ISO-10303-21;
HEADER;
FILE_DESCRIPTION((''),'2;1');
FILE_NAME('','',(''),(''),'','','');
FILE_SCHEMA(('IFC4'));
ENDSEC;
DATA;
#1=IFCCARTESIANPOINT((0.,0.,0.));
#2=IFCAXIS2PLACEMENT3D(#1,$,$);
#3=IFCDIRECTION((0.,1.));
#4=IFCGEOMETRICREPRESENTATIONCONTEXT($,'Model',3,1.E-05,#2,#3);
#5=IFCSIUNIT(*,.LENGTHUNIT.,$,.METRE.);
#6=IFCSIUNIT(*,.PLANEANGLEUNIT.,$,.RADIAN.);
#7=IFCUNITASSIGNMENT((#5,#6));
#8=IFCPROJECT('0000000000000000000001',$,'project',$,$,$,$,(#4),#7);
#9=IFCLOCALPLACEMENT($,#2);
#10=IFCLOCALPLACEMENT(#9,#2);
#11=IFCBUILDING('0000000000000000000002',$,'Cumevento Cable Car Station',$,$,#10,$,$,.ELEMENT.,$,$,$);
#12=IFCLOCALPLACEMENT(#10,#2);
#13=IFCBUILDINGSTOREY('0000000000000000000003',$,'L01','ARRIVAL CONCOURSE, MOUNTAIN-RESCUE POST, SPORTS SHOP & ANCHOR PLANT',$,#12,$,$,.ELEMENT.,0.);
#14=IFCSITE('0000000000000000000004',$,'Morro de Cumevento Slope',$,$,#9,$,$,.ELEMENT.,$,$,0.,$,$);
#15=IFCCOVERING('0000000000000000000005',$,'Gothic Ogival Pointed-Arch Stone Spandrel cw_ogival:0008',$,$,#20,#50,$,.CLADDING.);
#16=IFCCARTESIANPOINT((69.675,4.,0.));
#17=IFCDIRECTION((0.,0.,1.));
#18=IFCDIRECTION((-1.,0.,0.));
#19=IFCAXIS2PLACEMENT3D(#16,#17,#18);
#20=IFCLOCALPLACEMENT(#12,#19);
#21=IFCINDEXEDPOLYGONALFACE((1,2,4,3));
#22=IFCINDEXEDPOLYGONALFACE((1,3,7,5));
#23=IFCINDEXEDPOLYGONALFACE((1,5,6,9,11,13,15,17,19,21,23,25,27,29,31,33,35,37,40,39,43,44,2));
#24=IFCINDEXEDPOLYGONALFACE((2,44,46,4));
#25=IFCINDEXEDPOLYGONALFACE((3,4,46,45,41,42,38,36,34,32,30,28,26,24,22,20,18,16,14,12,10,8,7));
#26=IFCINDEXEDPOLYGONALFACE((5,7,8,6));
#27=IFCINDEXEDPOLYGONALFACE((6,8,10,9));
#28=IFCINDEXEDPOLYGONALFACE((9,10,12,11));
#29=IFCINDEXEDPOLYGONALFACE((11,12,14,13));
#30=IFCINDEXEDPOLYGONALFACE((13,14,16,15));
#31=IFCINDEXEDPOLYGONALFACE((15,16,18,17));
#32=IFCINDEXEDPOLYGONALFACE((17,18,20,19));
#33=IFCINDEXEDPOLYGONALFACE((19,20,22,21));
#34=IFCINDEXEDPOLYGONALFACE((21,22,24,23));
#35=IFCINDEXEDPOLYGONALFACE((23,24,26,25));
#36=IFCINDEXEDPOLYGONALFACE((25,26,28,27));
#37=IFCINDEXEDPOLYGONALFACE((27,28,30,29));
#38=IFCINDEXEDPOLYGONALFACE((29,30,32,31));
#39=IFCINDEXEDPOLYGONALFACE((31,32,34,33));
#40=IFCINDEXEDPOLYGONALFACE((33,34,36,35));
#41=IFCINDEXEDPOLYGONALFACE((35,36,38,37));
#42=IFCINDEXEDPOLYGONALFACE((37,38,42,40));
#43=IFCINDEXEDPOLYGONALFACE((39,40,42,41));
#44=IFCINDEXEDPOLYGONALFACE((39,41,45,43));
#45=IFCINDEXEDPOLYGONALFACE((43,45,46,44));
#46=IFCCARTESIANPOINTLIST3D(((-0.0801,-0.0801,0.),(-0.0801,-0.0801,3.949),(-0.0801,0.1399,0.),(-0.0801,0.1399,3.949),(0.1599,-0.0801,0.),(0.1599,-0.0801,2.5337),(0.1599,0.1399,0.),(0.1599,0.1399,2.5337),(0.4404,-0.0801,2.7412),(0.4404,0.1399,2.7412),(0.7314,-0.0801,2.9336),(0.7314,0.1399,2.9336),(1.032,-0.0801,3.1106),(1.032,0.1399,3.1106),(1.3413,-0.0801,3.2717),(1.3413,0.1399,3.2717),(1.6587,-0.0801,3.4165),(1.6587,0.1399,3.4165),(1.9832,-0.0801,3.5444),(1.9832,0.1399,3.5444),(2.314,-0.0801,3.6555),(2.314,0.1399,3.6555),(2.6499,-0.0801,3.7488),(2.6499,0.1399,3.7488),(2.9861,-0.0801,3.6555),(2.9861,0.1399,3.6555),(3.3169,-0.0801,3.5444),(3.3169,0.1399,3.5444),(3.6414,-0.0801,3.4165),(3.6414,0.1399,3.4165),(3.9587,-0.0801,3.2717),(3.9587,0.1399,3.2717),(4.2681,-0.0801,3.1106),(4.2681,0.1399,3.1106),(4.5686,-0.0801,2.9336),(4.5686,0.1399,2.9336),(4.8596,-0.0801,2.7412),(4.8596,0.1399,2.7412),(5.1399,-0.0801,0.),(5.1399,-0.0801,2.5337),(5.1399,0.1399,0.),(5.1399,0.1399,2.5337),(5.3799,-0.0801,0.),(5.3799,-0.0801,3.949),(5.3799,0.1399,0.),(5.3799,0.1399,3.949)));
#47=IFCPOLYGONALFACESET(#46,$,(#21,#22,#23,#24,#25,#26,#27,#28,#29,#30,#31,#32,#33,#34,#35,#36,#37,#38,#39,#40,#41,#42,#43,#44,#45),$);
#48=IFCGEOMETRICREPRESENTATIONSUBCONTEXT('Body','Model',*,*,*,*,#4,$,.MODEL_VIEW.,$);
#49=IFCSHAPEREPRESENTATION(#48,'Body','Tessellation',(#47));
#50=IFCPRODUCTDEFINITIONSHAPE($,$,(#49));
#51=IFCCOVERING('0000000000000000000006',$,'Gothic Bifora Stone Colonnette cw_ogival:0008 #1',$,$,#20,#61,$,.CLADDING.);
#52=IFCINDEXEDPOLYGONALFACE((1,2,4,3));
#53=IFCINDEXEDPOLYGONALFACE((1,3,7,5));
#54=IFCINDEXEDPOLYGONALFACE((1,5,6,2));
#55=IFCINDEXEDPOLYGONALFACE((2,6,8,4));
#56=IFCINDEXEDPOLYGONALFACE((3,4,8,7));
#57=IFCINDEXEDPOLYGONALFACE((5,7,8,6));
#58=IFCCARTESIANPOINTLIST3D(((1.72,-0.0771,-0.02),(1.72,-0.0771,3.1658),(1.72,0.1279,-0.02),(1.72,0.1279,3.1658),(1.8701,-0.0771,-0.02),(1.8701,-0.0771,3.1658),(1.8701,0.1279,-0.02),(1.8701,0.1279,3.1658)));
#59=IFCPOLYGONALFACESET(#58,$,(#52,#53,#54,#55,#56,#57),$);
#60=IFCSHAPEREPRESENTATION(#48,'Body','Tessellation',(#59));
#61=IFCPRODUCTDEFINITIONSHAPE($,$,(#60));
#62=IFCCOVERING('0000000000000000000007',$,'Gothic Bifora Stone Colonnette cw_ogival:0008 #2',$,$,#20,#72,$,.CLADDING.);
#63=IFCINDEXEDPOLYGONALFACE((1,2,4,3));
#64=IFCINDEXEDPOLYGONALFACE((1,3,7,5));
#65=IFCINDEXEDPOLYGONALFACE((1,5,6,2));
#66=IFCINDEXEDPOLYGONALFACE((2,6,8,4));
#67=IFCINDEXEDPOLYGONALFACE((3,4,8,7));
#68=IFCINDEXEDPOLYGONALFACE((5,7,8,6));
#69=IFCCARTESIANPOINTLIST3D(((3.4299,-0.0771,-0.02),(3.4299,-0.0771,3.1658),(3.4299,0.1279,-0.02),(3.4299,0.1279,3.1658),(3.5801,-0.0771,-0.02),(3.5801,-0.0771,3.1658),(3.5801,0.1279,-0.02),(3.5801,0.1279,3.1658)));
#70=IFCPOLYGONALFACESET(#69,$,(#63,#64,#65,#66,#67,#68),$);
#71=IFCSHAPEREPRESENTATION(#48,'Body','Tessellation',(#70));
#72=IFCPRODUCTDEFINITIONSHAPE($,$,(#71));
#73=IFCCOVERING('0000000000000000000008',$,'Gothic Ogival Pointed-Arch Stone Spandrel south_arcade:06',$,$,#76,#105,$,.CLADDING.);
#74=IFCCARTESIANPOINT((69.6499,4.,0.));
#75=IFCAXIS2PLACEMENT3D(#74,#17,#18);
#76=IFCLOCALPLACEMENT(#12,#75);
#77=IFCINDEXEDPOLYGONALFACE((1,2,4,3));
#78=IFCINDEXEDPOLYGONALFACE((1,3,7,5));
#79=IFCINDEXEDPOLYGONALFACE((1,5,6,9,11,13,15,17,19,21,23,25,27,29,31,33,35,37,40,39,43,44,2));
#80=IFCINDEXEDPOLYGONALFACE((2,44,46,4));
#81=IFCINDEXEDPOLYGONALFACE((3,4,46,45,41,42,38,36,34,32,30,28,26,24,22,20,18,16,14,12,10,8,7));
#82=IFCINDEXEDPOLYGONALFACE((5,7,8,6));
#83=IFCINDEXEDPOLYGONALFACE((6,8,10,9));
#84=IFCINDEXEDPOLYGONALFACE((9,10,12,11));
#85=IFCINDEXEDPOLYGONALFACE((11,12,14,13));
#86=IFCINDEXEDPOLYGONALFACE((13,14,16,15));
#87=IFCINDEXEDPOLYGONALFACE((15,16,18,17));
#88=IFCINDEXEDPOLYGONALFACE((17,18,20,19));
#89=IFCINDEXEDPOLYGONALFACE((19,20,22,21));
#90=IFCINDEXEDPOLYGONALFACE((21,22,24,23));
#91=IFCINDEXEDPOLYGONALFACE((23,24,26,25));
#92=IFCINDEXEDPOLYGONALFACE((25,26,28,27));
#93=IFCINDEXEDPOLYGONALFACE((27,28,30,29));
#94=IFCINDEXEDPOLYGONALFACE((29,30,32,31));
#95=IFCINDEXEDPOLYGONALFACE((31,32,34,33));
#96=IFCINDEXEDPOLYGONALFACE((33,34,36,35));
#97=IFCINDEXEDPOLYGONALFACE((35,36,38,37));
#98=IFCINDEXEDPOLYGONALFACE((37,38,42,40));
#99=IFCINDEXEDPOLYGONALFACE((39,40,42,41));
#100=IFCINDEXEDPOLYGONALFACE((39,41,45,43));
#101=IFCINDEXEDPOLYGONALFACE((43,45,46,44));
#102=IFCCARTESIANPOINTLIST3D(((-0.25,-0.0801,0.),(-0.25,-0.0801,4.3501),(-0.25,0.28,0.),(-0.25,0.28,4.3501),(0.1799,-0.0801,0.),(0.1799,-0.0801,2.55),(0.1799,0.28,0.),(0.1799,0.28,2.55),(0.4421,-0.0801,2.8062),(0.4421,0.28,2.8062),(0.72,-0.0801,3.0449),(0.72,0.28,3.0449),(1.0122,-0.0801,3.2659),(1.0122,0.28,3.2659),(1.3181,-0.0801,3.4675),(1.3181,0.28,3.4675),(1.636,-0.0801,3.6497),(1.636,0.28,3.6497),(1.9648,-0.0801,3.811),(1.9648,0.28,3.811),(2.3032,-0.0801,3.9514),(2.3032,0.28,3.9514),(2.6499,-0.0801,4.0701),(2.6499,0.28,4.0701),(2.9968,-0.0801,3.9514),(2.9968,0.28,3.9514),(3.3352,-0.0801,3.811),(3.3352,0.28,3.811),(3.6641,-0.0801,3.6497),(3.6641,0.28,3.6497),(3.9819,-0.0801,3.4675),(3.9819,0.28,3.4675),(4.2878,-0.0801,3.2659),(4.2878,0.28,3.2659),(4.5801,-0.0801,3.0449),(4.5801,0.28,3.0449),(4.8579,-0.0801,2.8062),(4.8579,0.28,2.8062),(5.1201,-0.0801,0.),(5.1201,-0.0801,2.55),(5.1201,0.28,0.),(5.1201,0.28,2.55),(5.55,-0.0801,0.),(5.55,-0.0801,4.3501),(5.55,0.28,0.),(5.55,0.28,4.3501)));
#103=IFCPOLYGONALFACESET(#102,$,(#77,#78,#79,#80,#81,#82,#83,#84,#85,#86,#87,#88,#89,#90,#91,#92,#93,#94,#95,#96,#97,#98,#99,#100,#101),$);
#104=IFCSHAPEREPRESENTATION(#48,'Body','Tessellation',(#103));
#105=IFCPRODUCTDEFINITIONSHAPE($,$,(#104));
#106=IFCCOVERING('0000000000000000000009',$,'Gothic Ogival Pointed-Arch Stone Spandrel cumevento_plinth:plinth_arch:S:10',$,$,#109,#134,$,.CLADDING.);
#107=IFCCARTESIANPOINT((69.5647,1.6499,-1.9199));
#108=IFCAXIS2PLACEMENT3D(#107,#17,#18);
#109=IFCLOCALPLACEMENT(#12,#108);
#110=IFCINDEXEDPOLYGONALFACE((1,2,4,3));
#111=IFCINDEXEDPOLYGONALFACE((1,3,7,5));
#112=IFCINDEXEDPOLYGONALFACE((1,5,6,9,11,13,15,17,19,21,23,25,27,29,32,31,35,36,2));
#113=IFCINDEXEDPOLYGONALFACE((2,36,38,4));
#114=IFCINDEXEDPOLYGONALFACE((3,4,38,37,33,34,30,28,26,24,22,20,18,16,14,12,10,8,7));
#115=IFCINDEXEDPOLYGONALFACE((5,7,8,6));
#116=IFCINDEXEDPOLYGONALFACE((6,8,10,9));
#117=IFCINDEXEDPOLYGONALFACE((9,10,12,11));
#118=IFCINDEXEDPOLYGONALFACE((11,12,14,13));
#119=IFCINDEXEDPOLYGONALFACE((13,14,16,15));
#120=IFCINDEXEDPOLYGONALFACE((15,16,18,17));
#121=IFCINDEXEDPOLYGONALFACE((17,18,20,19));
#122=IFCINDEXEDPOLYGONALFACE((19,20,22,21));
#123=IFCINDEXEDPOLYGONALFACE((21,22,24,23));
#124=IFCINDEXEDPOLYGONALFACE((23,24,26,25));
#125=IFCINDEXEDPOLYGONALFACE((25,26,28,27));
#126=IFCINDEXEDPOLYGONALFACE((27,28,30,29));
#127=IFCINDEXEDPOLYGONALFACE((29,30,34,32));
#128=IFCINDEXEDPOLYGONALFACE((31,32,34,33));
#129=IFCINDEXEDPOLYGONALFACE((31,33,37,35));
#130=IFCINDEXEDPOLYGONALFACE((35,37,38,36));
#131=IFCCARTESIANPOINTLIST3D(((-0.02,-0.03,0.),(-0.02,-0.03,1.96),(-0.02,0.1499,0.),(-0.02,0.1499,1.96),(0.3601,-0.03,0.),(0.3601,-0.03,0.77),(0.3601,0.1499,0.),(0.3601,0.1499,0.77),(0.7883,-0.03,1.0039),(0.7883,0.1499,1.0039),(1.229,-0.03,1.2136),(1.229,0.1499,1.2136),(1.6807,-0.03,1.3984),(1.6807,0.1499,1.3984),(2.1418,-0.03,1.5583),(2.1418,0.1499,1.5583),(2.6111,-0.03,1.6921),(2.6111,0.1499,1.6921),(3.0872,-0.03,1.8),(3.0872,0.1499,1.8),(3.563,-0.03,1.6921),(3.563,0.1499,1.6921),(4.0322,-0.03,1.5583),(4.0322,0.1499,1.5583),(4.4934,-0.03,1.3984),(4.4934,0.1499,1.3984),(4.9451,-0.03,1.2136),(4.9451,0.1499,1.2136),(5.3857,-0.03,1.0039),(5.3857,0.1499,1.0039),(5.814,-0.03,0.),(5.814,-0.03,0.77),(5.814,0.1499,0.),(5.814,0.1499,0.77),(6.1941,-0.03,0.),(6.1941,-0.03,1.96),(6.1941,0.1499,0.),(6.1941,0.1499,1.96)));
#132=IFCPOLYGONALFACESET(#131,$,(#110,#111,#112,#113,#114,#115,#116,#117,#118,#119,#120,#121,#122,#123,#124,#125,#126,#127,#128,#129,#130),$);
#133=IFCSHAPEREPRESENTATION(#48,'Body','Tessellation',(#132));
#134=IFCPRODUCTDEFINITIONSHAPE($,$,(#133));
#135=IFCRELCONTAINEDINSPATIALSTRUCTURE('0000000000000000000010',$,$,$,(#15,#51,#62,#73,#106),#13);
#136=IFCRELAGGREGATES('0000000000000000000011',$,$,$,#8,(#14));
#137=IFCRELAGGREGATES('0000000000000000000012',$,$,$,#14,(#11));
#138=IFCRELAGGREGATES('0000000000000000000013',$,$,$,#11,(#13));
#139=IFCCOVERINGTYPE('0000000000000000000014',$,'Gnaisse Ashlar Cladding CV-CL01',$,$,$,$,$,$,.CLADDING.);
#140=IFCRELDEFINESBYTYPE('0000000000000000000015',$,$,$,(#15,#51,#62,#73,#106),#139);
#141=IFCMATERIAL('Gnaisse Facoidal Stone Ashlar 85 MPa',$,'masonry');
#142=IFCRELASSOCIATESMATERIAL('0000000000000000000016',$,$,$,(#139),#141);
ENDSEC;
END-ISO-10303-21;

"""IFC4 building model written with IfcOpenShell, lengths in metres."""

from ifc_helpers import new_model, si_unit, direction, frame, origin, place, context, subcontext, project, spatial, polyline, outline, extrude, material, type_object, element, save


model = new_model("IFC4")

# Units and contexts
model_context = context("Model", 3, precision=1e-05, world=origin(), true_north=direction((0.0, 1.0)))
body_context = subcontext(model_context, "Body", "Model", "MODEL_VIEW")
ifc_project = project(units=[si_unit("LENGTHUNIT", "METRE"), si_unit("PLANEANGLEUNIT", "RADIAN")], contexts=[model_context])

# Site, building, storey
site_placement = place(None, origin())
site = spatial("IfcSite", under=ifc_project, at=site_placement, Name="Morro de Cumevento Slope", CompositionType="ELEMENT", RefElevation=0.0)
building_placement = place(site_placement, origin())
building = spatial("IfcBuilding", under=site, at=building_placement, Name="Cumevento Cable Car Station", CompositionType="ELEMENT")
storey_placement = place(building_placement, origin())
storey = spatial("IfcBuildingStorey", under=building, at=storey_placement, Name="L01", Description="ARRIVAL CONCOURSE, MOUNTAIN-RESCUE POST, SPORTS SHOP & ANCHOR PLANT", CompositionType="ELEMENT", Elevation=0.0)

# Coverings
ifc_material_1 = material(Name="Gnaisse Facoidal Stone Ashlar 85 MPa", Category="masonry")
covering_type = type_object("IfcCoveringType", Name="Gnaisse Ashlar Cladding CV-CL01", PredefinedType="CLADDING", material=ifc_material_1)
placement = place(storey_placement, frame((69.675, 4.0, 0.0), z_axis=(0.0, 0.0, 1.0), x_axis=(-1.0, 0.0, 0.0)))
element("IfcCovering", 1, at=placement, inside=storey, type_object=covering_type, Name="Gothic Ogival Pointed-Arch Stone Spandrel cw_ogival:0008", PredefinedType="CLADDING", context=body_context, shape_type="SweptSolid", body=[
    extrude(outline(polyline([(-0.0801, 0.0), (-0.0801, 3.949), (5.3799, 3.949), (5.3799, 0.0), (5.1399, 0.0), (5.1399, 2.5337), (4.8596, 2.7412), (4.5686, 2.9336), (4.2681, 3.1106), (3.9587, 3.2717), (3.6414, 3.4165), (3.3169, 3.5444), (2.9861, 3.6555), (2.6499, 3.7488), (2.314, 3.6555), (1.9832, 3.5444), (1.6587, 3.4165), (1.3413, 3.2717), (1.032, 3.1106), (0.7314, 2.9336), (0.4404, 2.7412), (0.1599, 2.5337), (0.1599, 0.0), (-0.0801, 0.0)])), frame((0.0, 0.1399, 0.0), z_axis=(0.0, -1.0, 0.0), x_axis=(1.0, 0.0, 0.0)), (0.0, 0.0, 1.0), 0.22),
])
element("IfcCovering", 2, at=placement, inside=storey, type_object=covering_type, Name="Gothic Bifora Stone Colonnette cw_ogival:0008 #1", PredefinedType="CLADDING", context=body_context, shape_type="SweptSolid", body=[
    extrude(outline(polyline([(1.72, -0.02), (1.8701, -0.02), (1.8701, 3.1658), (1.72, 3.1658), (1.72, -0.02)])), frame((0.0, 0.1279, 0.0), z_axis=(0.0, -1.0, 0.0), x_axis=(1.0, 0.0, 0.0)), (0.0, 0.0, 1.0), 0.2051),
])
element("IfcCovering", 3, at=placement, inside=storey, type_object=covering_type, Name="Gothic Bifora Stone Colonnette cw_ogival:0008 #2", PredefinedType="CLADDING", context=body_context, shape_type="SweptSolid", body=[
    extrude(outline(polyline([(3.4299, -0.02), (3.5801, -0.02), (3.5801, 3.1658), (3.4299, 3.1658), (3.4299, -0.02)])), frame((0.0, 0.1279, 0.0), z_axis=(0.0, -1.0, 0.0), x_axis=(1.0, 0.0, 0.0)), (0.0, 0.0, 1.0), 0.2051),
])
covering_1_placement = place(storey_placement, frame((69.6499, 4.0, 0.0), z_axis=(0.0, 0.0, 1.0), x_axis=(-1.0, 0.0, 0.0)))
element("IfcCovering", 4, at=covering_1_placement, inside=storey, type_object=covering_type, Name="Gothic Ogival Pointed-Arch Stone Spandrel south_arcade:06", PredefinedType="CLADDING", context=body_context, shape_type="SweptSolid", body=[
    extrude(outline(polyline([(-0.25, 0.0), (-0.25, 4.3501), (5.55, 4.3501), (5.55, 0.0), (5.1201, 0.0), (5.1201, 2.55), (4.8579, 2.8062), (4.5801, 3.0449), (4.2878, 3.2659), (3.9819, 3.4675), (3.6641, 3.6497), (3.3352, 3.811), (2.9968, 3.9514), (2.6499, 4.0701), (2.3032, 3.9514), (1.9648, 3.811), (1.636, 3.6497), (1.3181, 3.4675), (1.0122, 3.2659), (0.72, 3.0449), (0.4421, 2.8062), (0.1799, 2.55), (0.1799, 0.0), (-0.25, 0.0)])), frame((0.0, 0.28, 0.0), z_axis=(0.0, -1.0, 0.0), x_axis=(1.0, 0.0, 0.0)), (0.0, 0.0, 1.0), 0.3601),
])
covering_2_placement = place(storey_placement, frame((69.5647, 1.6499, -1.9199), z_axis=(0.0, 0.0, 1.0), x_axis=(-1.0, 0.0, 0.0)))
element("IfcCovering", 5, at=covering_2_placement, inside=storey, type_object=covering_type, Name="Gothic Ogival Pointed-Arch Stone Spandrel cumevento_plinth:plinth_arch:S:10", PredefinedType="CLADDING", context=body_context, shape_type="SweptSolid", body=[
    extrude(outline(polyline([(-0.02, 0.0), (-0.02, 1.96), (6.1941, 1.96), (6.1941, 0.0), (5.814, 0.0), (5.814, 0.77), (5.3857, 1.0039), (4.9451, 1.2136), (4.4934, 1.3984), (4.0322, 1.5583), (3.563, 1.6921), (3.0872, 1.8), (2.6111, 1.6921), (2.1418, 1.5583), (1.6807, 1.3984), (1.229, 1.2136), (0.7883, 1.0039), (0.3601, 0.77), (0.3601, 0.0), (-0.02, 0.0)])), frame((0.0, 0.1499, 0.0), z_axis=(0.0, -1.0, 0.0), x_axis=(1.0, 0.0, 0.0)), (0.0, 0.0, 1.0), 0.1799),
])

save(model, "model.ifc")
